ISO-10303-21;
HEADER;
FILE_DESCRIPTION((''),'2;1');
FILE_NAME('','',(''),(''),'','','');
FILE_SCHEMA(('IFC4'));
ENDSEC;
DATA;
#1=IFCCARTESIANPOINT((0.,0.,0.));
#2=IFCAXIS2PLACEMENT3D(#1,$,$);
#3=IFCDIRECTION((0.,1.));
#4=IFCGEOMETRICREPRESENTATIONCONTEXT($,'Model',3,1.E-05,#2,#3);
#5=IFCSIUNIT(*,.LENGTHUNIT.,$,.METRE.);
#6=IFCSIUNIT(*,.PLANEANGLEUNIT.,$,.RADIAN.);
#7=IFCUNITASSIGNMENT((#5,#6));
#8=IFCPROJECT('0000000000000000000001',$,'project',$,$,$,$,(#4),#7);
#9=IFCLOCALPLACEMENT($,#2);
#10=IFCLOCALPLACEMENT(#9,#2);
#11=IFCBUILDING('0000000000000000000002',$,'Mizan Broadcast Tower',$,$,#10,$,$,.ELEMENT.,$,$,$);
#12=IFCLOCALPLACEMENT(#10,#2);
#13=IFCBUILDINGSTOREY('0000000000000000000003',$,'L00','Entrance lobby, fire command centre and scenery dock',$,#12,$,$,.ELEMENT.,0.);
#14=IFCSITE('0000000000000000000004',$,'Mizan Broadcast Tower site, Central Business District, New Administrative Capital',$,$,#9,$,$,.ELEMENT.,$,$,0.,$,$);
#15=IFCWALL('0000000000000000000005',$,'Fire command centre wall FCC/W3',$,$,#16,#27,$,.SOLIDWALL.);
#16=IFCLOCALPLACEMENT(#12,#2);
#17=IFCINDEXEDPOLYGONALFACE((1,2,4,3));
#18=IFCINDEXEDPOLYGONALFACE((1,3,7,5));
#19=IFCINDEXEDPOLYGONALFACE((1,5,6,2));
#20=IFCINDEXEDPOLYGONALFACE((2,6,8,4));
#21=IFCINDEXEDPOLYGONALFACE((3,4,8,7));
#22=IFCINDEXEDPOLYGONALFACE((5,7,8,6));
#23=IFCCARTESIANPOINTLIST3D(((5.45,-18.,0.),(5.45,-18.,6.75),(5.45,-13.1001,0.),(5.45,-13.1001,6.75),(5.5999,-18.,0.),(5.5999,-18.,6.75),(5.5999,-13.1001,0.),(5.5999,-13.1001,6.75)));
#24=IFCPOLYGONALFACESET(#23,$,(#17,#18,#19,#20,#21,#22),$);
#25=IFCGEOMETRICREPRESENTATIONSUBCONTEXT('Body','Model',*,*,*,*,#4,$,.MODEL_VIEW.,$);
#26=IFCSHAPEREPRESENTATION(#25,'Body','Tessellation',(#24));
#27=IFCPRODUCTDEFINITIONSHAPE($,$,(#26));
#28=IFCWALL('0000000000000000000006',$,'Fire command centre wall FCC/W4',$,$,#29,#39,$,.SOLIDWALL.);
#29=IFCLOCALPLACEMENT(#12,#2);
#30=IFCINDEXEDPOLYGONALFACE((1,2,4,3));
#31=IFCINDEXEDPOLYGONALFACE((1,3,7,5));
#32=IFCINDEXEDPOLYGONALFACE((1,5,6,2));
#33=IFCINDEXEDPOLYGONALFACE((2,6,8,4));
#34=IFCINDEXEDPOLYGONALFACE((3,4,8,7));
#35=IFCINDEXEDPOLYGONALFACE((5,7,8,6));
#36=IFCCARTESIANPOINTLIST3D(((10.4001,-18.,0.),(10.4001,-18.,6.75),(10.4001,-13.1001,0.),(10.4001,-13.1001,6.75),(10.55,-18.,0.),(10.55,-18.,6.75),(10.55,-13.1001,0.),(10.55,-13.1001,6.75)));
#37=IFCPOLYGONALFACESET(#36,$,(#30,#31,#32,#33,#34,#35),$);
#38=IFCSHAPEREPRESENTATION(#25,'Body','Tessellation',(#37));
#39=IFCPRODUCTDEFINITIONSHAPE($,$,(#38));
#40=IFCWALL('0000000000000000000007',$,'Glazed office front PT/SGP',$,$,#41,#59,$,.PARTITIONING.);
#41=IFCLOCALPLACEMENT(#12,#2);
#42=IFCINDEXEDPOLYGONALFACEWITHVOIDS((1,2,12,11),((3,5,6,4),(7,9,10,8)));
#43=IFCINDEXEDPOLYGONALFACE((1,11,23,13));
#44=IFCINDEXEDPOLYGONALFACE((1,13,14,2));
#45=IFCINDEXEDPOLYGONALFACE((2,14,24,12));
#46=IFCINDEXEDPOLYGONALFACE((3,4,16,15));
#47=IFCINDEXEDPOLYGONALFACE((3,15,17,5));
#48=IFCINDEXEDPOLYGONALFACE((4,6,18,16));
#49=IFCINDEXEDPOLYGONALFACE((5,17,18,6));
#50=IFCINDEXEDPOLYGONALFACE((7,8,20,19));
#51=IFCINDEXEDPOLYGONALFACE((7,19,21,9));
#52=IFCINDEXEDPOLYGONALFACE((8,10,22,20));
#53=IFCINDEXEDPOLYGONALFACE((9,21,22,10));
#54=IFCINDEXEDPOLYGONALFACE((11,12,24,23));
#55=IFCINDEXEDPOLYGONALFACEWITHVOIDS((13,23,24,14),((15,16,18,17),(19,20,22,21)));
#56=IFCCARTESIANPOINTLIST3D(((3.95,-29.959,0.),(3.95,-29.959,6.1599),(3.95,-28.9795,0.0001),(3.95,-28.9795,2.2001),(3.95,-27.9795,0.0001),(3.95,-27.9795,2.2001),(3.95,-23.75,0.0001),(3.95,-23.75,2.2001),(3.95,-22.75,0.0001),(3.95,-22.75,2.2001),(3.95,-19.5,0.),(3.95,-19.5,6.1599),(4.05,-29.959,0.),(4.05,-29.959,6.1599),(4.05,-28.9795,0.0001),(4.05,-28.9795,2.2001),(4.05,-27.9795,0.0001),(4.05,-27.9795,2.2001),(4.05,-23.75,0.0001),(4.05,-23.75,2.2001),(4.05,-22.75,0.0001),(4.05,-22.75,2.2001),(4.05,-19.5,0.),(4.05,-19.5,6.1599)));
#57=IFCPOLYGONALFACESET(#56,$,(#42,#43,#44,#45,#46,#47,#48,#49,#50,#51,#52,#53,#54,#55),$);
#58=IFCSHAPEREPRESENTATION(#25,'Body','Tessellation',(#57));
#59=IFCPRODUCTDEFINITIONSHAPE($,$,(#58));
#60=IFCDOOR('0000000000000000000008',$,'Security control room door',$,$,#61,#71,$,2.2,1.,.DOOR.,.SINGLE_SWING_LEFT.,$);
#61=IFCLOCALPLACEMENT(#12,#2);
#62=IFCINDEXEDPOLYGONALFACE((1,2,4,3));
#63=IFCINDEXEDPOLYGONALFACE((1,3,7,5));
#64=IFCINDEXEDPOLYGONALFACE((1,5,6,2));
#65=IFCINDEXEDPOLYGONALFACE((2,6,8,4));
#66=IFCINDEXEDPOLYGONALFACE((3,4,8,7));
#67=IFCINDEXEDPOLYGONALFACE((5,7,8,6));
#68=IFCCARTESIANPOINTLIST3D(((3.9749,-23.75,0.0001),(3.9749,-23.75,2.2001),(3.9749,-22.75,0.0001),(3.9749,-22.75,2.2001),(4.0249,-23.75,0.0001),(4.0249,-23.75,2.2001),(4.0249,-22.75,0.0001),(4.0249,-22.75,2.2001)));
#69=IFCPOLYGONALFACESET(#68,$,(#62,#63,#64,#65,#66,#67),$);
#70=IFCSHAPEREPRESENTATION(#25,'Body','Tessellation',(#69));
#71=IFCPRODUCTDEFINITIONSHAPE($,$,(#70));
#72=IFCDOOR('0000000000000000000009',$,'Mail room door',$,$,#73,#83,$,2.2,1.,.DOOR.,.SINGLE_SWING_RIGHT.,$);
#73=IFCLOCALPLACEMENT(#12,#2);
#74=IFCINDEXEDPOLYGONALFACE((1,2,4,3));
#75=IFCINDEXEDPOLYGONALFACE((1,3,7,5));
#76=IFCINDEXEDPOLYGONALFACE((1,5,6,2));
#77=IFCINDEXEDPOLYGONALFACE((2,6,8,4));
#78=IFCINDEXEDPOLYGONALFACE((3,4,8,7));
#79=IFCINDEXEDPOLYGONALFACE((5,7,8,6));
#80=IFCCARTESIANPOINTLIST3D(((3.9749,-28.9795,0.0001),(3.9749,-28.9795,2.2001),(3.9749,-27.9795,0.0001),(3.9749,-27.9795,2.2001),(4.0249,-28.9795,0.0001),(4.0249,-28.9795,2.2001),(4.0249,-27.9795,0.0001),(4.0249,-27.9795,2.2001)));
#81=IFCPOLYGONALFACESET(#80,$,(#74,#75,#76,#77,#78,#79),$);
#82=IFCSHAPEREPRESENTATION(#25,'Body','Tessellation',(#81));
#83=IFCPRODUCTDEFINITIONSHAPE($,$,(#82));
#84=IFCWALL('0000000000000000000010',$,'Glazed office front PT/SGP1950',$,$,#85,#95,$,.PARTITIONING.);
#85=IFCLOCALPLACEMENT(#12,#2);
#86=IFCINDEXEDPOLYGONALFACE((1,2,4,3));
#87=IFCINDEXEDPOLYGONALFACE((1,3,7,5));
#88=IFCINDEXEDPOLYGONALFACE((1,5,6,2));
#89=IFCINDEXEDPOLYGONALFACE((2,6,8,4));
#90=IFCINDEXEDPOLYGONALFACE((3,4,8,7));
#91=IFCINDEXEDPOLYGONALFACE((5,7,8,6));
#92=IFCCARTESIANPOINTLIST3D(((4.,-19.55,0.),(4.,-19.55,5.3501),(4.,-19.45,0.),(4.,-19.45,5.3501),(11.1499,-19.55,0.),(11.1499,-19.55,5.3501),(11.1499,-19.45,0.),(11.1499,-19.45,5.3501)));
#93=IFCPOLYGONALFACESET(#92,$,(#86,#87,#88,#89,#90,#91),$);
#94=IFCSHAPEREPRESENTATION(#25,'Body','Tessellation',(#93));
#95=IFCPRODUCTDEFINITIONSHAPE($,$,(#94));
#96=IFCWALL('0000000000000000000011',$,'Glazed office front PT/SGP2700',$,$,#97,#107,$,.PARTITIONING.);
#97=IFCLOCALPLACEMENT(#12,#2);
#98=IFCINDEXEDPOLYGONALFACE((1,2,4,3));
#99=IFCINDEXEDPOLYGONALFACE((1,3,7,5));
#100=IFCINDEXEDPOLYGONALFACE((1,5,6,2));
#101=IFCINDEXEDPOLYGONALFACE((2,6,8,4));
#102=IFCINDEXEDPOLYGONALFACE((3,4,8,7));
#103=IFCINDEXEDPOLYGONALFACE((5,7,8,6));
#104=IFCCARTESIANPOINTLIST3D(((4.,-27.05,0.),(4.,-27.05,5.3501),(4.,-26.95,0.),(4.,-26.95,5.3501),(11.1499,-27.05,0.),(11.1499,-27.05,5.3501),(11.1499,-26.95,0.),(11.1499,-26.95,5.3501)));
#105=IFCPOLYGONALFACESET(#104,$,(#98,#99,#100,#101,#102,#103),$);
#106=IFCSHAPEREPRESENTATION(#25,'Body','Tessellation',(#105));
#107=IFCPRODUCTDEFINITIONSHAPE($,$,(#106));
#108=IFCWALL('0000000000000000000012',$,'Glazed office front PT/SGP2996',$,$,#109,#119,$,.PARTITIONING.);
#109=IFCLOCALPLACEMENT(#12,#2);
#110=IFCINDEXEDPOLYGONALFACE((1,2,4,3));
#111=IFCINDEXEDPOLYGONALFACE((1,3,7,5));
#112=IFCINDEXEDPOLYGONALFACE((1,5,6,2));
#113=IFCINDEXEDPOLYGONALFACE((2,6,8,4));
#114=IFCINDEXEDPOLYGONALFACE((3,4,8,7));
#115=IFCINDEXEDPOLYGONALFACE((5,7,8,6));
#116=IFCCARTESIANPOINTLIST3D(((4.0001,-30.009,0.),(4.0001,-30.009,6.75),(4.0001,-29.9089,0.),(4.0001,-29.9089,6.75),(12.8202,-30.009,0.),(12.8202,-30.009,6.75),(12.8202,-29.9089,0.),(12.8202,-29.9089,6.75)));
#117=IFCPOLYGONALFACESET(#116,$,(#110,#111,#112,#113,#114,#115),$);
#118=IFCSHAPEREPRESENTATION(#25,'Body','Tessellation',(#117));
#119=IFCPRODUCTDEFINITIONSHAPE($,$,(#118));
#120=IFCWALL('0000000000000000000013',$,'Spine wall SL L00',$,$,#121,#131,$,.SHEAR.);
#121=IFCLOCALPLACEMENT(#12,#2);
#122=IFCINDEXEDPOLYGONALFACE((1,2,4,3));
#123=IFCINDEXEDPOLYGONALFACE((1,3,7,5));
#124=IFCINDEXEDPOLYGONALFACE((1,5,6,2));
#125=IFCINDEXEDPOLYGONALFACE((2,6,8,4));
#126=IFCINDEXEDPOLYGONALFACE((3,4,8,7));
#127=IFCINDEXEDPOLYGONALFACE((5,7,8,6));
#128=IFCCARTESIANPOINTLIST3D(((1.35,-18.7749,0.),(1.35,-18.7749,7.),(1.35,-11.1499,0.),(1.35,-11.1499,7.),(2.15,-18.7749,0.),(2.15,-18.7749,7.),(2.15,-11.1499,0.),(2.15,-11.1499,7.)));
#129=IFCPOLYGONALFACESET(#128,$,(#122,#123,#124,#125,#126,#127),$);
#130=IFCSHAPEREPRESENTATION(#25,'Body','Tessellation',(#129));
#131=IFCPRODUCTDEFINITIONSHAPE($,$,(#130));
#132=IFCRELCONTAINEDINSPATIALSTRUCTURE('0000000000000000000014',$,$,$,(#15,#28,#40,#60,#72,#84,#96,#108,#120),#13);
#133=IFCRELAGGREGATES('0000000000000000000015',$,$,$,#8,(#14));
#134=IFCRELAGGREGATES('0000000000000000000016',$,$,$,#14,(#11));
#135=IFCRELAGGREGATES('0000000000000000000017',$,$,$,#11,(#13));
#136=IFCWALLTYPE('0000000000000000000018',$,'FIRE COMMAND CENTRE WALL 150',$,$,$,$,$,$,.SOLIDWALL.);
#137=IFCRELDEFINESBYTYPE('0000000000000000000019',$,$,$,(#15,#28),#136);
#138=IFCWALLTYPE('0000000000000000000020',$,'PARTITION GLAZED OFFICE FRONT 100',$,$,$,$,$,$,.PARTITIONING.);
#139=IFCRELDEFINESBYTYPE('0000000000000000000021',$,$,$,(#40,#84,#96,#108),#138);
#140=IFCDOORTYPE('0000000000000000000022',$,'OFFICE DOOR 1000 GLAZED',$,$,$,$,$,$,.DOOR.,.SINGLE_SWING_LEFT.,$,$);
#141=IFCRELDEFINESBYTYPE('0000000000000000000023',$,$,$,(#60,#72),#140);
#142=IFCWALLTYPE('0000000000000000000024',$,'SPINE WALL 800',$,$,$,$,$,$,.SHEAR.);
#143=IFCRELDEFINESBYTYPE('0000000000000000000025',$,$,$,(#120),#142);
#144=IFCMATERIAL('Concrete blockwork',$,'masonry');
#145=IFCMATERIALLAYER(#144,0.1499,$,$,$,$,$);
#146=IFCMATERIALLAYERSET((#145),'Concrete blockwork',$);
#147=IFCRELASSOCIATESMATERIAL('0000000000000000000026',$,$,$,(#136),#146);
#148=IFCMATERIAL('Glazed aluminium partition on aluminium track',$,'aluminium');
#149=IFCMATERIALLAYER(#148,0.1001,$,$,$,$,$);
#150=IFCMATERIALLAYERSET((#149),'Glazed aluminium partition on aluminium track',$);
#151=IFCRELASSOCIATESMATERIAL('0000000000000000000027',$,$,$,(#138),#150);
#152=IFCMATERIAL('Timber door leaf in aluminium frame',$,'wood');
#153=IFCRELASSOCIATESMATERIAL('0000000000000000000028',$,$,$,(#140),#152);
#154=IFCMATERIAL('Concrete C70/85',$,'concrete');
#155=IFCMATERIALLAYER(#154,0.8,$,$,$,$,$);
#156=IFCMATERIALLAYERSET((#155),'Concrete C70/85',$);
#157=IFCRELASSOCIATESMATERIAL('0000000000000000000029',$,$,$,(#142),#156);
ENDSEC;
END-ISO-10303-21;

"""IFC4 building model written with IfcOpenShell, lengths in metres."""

from ifc_helpers import new_model, si_unit, direction, frame, frame_2d, origin, place, context, subcontext, project, spatial, rectangle, extrude, material, layer, layer_set, type_object, element, fill, save


model = new_model("IFC4")

# Units and contexts
model_context = context("Model", 3, precision=1e-05, world=origin(), true_north=direction((0.0, 1.0)))
body_context = subcontext(model_context, "Body", "Model", "MODEL_VIEW")
ifc_project = project(units=[si_unit("LENGTHUNIT", "METRE"), si_unit("PLANEANGLEUNIT", "RADIAN")], contexts=[model_context])

# Site, building, storey
site_placement = place(None, origin())
site = spatial("IfcSite", under=ifc_project, at=site_placement, Name="Mizan Broadcast Tower site, Central Business District, New Administrative Capital", CompositionType="ELEMENT", RefElevation=0.0)
building_placement = place(site_placement, origin())
building = spatial("IfcBuilding", under=site, at=building_placement, Name="Mizan Broadcast Tower", CompositionType="ELEMENT")
storey_placement = place(building_placement, origin())
storey = spatial("IfcBuildingStorey", under=building, at=storey_placement, Name="L00", Description="Entrance lobby, fire command centre and scenery dock", CompositionType="ELEMENT", Elevation=0.0)

# Shared definitions
ifc_material_1 = material(Name="Concrete blockwork", Category="masonry")
ifc_layer_1 = layer(ifc_material_1, 0.1499)
ifc_layer_set_1 = layer_set([ifc_layer_1], Name="Concrete blockwork")
wall_type_1 = type_object("IfcWallType", Name="FIRE COMMAND CENTRE WALL 150", PredefinedType="SOLIDWALL", material=ifc_layer_set_1)

# Walls
for number, where, z_axis, x_axis, name in (
    (1, (5.5249, -13.1001, 0.0), (0.0, 0.0, 1.0), (0.0, -1.0, 0.0), "Fire command centre wall FCC/W3"),
    (2, (10.4751, -18.0, 0.0), (0.0, 0.0, 1.0), (0.0, 1.0, 0.0), "Fire command centre wall FCC/W4"),
):
    element("IfcWall", number, at=place(storey_placement, frame(where, z_axis=z_axis, x_axis=x_axis)), inside=storey, type_object=wall_type_1, Name=name, PredefinedType="SOLIDWALL", context=body_context, shape_type="SweptSolid", body=[
        extrude(rectangle(XDim=4.8999, YDim=0.1499, at=frame_2d((2.45, 0.0))), origin(), (0.0, 0.0, 1.0), 6.75),
    ])

# Wall, openings, doors
ifc_material_2 = material(Name="Glazed aluminium partition on aluminium track", Category="aluminium")
ifc_layer_2 = layer(ifc_material_2, 0.1001)
ifc_layer_set_2 = layer_set([ifc_layer_2], Name="Glazed aluminium partition on aluminium track")
wall_type_2 = type_object("IfcWallType", Name="PARTITION GLAZED OFFICE FRONT 100", PredefinedType="PARTITIONING", material=ifc_layer_set_2)
wall_1_placement = place(storey_placement, frame((4.0, -19.5, 0.0), z_axis=(0.0, 0.0, 1.0), x_axis=(0.0, -1.0, 0.0)))
wall_1 = element("IfcWall", 3, at=wall_1_placement, inside=storey, type_object=wall_type_2, Name="Glazed office front PT/SGP", PredefinedType="PARTITIONING", context=body_context, shape_type="SweptSolid", body=[
    extrude(rectangle(XDim=10.459, YDim=0.1001, at=frame_2d((5.2295, 0.0))), origin(), (0.0, 0.0, 1.0), 6.1599),
])
opening_1_placement = place(wall_1_placement, frame((3.25, 0.0, 0.0)))
opening_1 = element("IfcOpeningElement", 4, at=opening_1_placement, cuts=wall_1, PredefinedType="OPENING", context=body_context, shape_type="SweptSolid", body=[
    extrude(rectangle(XDim=1.0, YDim=2.2, at=frame_2d((0.5, 1.1001))), frame((0.0, 0.0601, 0.0), z_axis=(0.0, -1.0, 0.0), x_axis=(1.0, 0.0, 0.0)), (0.0, 0.0, 1.0), 0.1201),
])
opening_2_placement = place(wall_1_placement, frame((8.4795, 0.0, 0.0)))
opening_2 = element("IfcOpeningElement", 5, at=opening_2_placement, cuts=wall_1, PredefinedType="OPENING", context=body_context, shape_type="SweptSolid", body=[
    extrude(rectangle(XDim=1.0, YDim=2.2, at=frame_2d((0.5, 1.1001))), frame((0.0, 0.0601, 0.0), z_axis=(0.0, -1.0, 0.0), x_axis=(1.0, 0.0, 0.0)), (0.0, 0.0, 1.0), 0.1201),
])
ifc_material_3 = material(Name="Timber door leaf in aluminium frame", Category="wood")
door_type_1 = type_object("IfcDoorType", Name="OFFICE DOOR 1000 GLAZED", OperationType="SINGLE_SWING_LEFT", PredefinedType="DOOR", material=ifc_material_3)
door_1_placement = place(opening_1_placement, origin())
door_1 = element("IfcDoor", 6, at=door_1_placement, inside=storey, type_object=door_type_1, Name="Security control room door", OperationType="SINGLE_SWING_LEFT", OverallHeight=2.2, OverallWidth=1.0, PredefinedType="DOOR", context=body_context, shape_type="SweptSolid", body=[
    extrude(rectangle(XDim=1.0, YDim=2.2, at=frame_2d((0.5, 1.1001))), frame((0.0, 0.0249, 0.0), z_axis=(0.0, -1.0, 0.0), x_axis=(1.0, 0.0, 0.0)), (0.0, 0.0, 1.0), 0.05),
])
fill(opening_1, door_1)
door_2_placement = place(opening_2_placement, origin())
door_2 = element("IfcDoor", 7, at=door_2_placement, inside=storey, type_object=door_type_1, Name="Mail room door", OperationType="SINGLE_SWING_RIGHT", OverallHeight=2.2, OverallWidth=1.0, PredefinedType="DOOR", context=body_context, shape_type="SweptSolid", body=[
    extrude(rectangle(XDim=1.0, YDim=2.2, at=frame_2d((0.5, 1.1001))), frame((0.0, 0.0249, 0.0), z_axis=(0.0, -1.0, 0.0), x_axis=(1.0, 0.0, 0.0)), (0.0, 0.0, 1.0), 0.05),
])
fill(opening_2, door_2)

# Walls
for number, where, z_axis, x_axis, name in (
    (8, (4.0, -19.5, 0.0), (0.0, 0.0, 1.0), (1.0, 0.0, 0.0), "Glazed office front PT/SGP1950"),
    (9, (4.0, -27.0, 0.0), (0.0, 0.0, 1.0), (1.0, 0.0, 0.0), "Glazed office front PT/SGP2700"),
):
    element("IfcWall", number, at=place(storey_placement, frame(where, z_axis=z_axis, x_axis=x_axis)), inside=storey, type_object=wall_type_2, Name=name, PredefinedType="PARTITIONING", context=body_context, shape_type="SweptSolid", body=[
        extrude(rectangle(XDim=7.1499, YDim=0.1001, at=frame_2d((3.575, 0.0))), origin(), (0.0, 0.0, 1.0), 5.3501),
    ])
wall_2_placement = place(storey_placement, frame((4.0, -29.959, 0.0), z_axis=(0.0, 0.0, 1.0), x_axis=(1.0, 0.0, 0.0)))
element("IfcWall", 10, at=wall_2_placement, inside=storey, type_object=wall_type_2, Name="Glazed office front PT/SGP2996", PredefinedType="PARTITIONING", context=body_context, shape_type="SweptSolid", body=[
    extrude(rectangle(XDim=8.8201, YDim=0.1001, at=frame_2d((4.4102, 0.0))), origin(), (0.0, 0.0, 1.0), 6.75),
])
ifc_material_4 = material(Name="Concrete C70/85", Category="concrete")
ifc_layer_3 = layer(ifc_material_4, 0.8)
ifc_layer_set_3 = layer_set([ifc_layer_3], Name="Concrete C70/85")
wall_type_3 = type_object("IfcWallType", Name="SPINE WALL 800", PredefinedType="SHEAR", material=ifc_layer_set_3)
wall_3_placement = place(storey_placement, frame((1.75, -11.1499, 0.0), z_axis=(0.0, 0.0, 1.0), x_axis=(0.0, -1.0, 0.0)))
element("IfcWall", 11, at=wall_3_placement, inside=storey, type_object=wall_type_3, Name="Spine wall SL L00", PredefinedType="SHEAR", context=body_context, shape_type="SweptSolid", body=[
    extrude(rectangle(XDim=7.625, YDim=0.8, at=frame_2d((3.8125, 0.0))), origin(), (0.0, 0.0, 1.0), 7.0),
])

save(model, "model.ifc")
